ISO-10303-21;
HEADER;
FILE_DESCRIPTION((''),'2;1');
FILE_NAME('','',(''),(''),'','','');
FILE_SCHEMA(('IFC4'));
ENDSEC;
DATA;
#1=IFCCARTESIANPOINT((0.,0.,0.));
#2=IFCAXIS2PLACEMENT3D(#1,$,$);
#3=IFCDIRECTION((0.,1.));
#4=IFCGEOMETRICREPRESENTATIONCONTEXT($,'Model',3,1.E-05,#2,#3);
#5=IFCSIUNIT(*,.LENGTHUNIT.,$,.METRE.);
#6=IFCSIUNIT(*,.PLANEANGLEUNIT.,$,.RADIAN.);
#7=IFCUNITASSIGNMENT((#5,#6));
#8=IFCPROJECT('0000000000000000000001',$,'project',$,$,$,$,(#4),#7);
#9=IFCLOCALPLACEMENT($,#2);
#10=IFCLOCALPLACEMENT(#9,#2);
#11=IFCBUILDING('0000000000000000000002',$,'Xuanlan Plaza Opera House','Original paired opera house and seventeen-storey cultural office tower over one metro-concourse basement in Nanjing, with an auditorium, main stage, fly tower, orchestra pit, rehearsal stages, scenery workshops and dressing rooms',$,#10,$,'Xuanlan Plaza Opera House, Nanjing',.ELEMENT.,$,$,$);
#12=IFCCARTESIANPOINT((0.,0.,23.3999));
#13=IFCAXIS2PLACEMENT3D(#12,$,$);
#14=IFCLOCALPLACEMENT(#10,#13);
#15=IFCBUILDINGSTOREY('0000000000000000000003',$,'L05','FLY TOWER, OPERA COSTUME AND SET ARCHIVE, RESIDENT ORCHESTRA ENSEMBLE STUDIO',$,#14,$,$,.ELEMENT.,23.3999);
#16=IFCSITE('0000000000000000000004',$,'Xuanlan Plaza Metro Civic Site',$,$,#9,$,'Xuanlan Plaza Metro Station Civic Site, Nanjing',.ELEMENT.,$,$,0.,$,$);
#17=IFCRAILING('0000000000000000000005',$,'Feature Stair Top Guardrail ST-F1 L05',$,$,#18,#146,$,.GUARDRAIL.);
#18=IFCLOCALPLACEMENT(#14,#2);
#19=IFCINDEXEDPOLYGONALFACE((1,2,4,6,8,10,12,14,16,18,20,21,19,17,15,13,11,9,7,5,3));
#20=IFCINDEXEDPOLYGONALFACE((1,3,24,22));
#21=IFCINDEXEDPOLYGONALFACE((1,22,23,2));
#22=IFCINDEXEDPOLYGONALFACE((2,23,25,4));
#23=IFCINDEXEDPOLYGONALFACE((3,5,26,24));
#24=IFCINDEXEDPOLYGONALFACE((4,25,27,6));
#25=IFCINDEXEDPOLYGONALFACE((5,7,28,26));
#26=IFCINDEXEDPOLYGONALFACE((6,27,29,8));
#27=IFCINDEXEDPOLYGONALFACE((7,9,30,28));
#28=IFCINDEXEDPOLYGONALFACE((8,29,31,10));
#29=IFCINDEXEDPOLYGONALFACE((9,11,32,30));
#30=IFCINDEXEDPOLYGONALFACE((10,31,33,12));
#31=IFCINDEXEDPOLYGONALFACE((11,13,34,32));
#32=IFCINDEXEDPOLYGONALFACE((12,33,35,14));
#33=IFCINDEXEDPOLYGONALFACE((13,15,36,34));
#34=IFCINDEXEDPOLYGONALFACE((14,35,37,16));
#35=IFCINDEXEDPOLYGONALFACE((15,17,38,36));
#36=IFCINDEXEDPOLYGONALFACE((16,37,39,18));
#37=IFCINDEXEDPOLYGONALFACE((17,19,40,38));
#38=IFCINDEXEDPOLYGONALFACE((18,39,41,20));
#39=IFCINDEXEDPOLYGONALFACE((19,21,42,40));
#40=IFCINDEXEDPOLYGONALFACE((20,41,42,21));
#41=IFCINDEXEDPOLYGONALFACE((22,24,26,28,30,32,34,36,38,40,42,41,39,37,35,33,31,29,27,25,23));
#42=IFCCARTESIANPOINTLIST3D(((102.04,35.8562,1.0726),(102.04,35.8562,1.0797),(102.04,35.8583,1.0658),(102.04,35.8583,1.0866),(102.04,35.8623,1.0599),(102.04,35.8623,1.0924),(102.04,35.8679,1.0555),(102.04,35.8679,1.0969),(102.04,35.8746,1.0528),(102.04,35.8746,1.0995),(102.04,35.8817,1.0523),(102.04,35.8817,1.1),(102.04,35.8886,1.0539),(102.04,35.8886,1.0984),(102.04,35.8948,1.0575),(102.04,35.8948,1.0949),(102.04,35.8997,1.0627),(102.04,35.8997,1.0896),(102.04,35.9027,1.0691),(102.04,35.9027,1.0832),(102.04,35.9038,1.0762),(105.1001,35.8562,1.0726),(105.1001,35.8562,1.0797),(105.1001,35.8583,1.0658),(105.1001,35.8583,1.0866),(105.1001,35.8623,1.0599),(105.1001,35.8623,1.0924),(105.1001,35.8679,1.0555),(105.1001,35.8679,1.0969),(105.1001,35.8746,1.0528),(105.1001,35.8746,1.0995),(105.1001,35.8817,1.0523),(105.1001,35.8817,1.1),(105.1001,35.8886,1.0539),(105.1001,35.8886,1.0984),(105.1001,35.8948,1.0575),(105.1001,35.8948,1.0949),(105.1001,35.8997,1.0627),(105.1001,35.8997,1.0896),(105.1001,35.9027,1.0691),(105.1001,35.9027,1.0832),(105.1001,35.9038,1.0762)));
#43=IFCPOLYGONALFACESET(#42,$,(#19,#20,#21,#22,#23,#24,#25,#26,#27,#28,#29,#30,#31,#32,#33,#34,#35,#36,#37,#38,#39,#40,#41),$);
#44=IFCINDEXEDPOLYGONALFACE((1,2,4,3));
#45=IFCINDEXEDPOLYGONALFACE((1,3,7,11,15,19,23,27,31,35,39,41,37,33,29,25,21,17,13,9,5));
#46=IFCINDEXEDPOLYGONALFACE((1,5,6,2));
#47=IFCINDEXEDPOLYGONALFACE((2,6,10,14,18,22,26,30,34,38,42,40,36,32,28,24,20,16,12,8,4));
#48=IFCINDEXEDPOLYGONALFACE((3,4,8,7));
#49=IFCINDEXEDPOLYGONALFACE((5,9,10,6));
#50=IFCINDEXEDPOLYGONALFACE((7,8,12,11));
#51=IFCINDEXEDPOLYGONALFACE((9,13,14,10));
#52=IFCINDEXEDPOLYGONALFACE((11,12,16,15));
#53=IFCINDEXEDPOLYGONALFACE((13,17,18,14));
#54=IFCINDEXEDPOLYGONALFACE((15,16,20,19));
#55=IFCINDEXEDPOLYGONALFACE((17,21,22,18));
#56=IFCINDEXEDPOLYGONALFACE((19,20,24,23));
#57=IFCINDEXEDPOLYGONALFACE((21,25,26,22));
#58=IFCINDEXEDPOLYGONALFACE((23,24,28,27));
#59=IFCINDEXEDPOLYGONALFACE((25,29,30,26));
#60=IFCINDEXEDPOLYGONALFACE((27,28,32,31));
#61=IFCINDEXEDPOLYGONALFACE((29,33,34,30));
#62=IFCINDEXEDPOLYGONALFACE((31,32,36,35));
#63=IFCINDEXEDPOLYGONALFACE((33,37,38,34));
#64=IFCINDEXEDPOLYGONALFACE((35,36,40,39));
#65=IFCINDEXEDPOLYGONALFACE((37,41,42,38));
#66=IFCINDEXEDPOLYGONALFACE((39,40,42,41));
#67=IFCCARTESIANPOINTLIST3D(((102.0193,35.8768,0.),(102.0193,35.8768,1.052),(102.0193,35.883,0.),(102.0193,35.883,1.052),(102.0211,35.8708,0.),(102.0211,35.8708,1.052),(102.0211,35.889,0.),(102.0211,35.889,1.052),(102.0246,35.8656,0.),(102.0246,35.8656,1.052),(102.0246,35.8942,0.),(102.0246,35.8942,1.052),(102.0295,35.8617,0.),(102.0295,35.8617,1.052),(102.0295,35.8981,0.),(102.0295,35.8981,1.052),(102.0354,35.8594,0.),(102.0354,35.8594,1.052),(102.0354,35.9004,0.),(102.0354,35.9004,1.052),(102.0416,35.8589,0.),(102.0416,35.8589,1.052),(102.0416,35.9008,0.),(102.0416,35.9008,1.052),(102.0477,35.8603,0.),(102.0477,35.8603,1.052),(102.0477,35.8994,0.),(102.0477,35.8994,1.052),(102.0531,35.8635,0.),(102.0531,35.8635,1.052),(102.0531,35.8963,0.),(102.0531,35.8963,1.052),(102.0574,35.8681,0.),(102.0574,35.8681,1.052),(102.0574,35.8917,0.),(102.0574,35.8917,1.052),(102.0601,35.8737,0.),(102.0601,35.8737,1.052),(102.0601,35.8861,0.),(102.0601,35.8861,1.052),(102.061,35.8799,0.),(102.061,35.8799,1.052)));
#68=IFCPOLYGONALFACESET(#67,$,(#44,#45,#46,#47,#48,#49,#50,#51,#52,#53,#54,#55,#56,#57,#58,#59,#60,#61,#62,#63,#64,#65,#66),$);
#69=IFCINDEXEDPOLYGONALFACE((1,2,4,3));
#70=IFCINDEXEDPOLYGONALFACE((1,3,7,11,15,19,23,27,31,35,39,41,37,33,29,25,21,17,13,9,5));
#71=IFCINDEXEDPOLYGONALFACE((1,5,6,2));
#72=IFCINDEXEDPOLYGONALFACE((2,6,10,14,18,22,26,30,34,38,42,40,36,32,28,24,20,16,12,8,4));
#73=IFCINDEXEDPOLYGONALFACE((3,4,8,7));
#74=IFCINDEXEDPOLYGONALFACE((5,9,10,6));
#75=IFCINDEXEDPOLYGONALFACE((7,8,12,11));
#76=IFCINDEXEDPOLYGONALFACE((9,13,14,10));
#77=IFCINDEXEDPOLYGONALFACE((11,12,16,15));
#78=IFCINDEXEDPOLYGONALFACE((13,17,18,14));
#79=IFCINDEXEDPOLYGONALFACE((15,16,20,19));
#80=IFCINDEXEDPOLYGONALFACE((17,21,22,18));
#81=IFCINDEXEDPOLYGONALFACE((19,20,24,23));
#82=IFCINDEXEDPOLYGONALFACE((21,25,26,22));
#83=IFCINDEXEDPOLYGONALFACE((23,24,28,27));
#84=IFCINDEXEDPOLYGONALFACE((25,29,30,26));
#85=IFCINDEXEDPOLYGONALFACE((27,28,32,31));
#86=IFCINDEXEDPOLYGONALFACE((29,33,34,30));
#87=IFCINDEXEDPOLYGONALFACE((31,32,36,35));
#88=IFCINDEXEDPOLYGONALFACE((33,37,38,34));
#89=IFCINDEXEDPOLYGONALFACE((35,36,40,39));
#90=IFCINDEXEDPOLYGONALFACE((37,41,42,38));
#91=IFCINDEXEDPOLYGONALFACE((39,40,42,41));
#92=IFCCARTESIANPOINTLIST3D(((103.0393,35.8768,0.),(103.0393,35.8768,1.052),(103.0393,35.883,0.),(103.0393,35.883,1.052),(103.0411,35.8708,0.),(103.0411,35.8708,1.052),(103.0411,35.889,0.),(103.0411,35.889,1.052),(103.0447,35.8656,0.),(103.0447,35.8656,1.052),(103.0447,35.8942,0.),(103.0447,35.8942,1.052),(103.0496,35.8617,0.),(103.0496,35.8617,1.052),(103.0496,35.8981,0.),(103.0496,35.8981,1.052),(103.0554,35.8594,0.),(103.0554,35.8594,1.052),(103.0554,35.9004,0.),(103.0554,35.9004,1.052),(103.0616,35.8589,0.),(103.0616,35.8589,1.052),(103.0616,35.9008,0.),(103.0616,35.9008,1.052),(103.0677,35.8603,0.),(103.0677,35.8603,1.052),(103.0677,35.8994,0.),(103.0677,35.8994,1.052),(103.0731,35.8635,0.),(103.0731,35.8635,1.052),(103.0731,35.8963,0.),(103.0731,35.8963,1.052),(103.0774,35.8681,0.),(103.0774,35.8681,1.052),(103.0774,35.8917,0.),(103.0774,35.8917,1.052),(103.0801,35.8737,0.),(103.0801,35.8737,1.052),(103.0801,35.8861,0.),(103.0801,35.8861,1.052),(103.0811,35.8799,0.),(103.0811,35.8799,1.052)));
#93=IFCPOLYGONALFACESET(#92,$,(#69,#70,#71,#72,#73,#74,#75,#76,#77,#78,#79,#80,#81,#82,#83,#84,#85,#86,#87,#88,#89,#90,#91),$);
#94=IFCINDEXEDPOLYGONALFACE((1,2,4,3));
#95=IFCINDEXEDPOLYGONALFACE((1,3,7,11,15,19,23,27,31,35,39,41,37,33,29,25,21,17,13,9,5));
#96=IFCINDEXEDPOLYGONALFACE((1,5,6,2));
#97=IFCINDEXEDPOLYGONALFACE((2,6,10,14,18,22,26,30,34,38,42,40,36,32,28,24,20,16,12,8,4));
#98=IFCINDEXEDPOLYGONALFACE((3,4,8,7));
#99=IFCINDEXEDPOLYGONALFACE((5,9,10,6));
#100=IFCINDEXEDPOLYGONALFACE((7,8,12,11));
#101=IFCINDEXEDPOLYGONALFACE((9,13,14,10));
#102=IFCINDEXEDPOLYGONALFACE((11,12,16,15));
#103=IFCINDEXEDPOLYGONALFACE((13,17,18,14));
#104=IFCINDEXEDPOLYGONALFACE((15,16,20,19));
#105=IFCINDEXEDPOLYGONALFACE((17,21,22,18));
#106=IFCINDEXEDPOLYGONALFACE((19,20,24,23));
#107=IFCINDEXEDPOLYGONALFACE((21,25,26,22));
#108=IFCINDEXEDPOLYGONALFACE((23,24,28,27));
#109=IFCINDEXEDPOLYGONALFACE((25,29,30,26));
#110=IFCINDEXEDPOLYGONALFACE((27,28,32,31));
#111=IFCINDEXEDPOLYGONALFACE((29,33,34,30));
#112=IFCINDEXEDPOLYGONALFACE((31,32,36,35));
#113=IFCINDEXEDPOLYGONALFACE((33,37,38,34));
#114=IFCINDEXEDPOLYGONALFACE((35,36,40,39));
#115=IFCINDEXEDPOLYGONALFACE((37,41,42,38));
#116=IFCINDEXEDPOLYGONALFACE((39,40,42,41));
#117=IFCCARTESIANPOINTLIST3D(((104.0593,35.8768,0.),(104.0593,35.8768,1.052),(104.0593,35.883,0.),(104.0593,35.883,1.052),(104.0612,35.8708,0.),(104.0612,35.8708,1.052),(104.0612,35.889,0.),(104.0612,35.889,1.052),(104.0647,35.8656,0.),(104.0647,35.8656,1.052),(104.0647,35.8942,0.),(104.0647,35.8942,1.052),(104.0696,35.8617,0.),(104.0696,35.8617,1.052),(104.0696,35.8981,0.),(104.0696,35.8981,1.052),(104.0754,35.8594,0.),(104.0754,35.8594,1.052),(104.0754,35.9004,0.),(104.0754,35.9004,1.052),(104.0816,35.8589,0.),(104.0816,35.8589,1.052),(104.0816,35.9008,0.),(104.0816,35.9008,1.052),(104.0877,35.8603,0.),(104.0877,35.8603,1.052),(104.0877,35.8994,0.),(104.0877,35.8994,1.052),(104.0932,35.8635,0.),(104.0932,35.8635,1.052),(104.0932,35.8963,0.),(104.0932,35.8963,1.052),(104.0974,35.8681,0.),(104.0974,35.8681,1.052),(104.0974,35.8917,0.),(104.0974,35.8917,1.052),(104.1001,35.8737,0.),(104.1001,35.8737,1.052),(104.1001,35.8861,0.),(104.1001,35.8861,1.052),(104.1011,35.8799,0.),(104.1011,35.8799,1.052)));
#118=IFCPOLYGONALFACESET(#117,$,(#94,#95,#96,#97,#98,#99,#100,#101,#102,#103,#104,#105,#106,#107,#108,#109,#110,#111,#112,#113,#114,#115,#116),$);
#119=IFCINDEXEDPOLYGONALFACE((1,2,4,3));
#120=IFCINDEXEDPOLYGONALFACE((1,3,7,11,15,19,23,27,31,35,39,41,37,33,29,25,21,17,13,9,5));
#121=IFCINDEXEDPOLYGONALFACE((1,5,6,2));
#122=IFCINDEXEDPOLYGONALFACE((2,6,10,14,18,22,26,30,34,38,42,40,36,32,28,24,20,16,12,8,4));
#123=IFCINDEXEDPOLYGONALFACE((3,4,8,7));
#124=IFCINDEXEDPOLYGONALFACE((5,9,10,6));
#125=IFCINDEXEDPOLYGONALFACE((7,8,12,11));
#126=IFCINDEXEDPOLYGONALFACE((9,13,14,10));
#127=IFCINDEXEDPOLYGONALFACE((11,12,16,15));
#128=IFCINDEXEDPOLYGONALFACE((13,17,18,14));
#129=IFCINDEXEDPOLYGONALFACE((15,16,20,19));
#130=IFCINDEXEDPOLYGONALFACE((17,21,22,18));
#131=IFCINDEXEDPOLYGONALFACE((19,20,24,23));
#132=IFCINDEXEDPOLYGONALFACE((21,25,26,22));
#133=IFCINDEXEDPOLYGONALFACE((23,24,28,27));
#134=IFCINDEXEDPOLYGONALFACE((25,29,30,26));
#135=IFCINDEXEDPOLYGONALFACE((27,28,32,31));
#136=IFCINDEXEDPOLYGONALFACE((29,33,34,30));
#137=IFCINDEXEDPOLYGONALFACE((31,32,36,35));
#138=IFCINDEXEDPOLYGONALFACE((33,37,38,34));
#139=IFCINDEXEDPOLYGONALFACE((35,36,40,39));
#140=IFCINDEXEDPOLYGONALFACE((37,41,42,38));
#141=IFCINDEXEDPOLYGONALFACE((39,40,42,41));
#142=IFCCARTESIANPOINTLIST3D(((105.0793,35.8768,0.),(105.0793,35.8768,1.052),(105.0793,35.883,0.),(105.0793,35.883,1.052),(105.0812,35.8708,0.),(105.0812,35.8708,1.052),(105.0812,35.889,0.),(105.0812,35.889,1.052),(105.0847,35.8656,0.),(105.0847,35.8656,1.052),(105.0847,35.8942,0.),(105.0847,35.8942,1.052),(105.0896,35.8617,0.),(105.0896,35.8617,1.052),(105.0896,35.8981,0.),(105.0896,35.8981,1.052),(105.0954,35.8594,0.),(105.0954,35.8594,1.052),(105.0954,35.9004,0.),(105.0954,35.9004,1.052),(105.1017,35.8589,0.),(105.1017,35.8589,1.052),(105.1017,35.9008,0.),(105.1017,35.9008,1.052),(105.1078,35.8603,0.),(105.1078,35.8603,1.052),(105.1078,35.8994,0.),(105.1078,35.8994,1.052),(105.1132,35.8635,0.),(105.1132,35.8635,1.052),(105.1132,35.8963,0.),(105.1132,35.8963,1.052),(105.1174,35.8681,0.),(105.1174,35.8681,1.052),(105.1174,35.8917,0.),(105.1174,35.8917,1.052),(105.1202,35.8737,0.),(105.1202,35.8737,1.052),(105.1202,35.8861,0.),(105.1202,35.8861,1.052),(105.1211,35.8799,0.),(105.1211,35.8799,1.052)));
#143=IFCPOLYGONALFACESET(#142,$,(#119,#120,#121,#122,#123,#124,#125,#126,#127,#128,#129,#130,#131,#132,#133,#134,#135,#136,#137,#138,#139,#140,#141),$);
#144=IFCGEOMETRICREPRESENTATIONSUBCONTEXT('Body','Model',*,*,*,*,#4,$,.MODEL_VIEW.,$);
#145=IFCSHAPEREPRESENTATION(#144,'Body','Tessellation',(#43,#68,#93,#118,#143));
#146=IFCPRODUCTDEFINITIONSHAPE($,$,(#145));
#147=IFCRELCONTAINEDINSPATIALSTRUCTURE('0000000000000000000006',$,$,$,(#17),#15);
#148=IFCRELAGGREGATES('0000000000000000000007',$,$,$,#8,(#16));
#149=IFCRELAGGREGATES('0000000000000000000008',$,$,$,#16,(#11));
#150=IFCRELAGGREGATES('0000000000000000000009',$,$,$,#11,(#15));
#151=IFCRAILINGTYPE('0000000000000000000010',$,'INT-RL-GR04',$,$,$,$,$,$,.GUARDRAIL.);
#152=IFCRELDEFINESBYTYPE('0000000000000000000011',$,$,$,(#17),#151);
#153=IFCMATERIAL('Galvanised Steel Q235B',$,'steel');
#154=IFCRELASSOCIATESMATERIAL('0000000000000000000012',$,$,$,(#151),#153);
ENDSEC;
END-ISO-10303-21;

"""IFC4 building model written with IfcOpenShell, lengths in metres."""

from ifc_helpers import new_model, si_unit, direction, frame, origin, origin_2d, place, context, subcontext, project, spatial, circle, extrude, material, type_object, element, save


model = new_model("IFC4")

# Units and contexts
model_context = context("Model", 3, precision=1e-05, world=origin(), true_north=direction((0.0, 1.0)))
body_context = subcontext(model_context, "Body", "Model", "MODEL_VIEW")
ifc_project = project(units=[si_unit("LENGTHUNIT", "METRE"), si_unit("PLANEANGLEUNIT", "RADIAN")], contexts=[model_context])

# Site, building, storey
site_placement = place(None, origin())
site = spatial("IfcSite", under=ifc_project, at=site_placement, Name="Xuanlan Plaza Metro Civic Site", LongName="Xuanlan Plaza Metro Station Civic Site, Nanjing", CompositionType="ELEMENT", RefElevation=0.0)
building_placement = place(site_placement, origin())
building = spatial("IfcBuilding", under=site, at=building_placement, Name="Xuanlan Plaza Opera House", Description="Original paired opera house and seventeen-storey cultural office tower over one metro-concourse basement in Nanjing, with an auditorium, main stage, fly tower, orchestra pit, rehearsal stages, scenery workshops and dressing rooms", LongName="Xuanlan Plaza Opera House, Nanjing", CompositionType="ELEMENT")
storey_placement = place(building_placement, frame((0.0, 0.0, 23.3999)))
storey = spatial("IfcBuildingStorey", under=building, at=storey_placement, Name="L05", Description="FLY TOWER, OPERA COSTUME AND SET ARCHIVE, RESIDENT ORCHESTRA ENSEMBLE STUDIO", CompositionType="ELEMENT", Elevation=23.3999)

# Shared definitions
ifc_material_1 = material(Name="Galvanised Steel Q235B", Category="steel")

# Railing
railing_type = type_object("IfcRailingType", Name="INT-RL-GR04", PredefinedType="GUARDRAIL", material=ifc_material_1)
railing_placement = place(storey_placement, frame((102.04, 35.8799, 0.0)))
element("IfcRailing", 1, at=railing_placement, inside=storey, type_object=railing_type, Name="Feature Stair Top Guardrail ST-F1 L05", PredefinedType="GUARDRAIL", context=body_context, shape_type="SweptSolid", body=[
    extrude(circle(Radius=0.0239, at=origin_2d()), frame((0.0, 0.0, 1.0762), z_axis=(1.0, 0.0, 0.0), x_axis=(0.0, 1.0, 0.0)), (0.0, 0.0, 1.0), 3.0601),
    extrude(circle(Radius=0.021, at=origin_2d()), origin(), (0.0, 0.0, 1.0), 1.052),
    extrude(circle(Radius=0.021, at=origin_2d()), frame((1.02, 0.0, 0.0)), (0.0, 0.0, 1.0), 1.052),
    extrude(circle(Radius=0.021, at=origin_2d()), frame((2.04, 0.0, 0.0)), (0.0, 0.0, 1.0), 1.052),
    extrude(circle(Radius=0.021, at=origin_2d()), frame((3.0601, 0.0, 0.0)), (0.0, 0.0, 1.0), 1.052),
])

save(model, "model.ifc")
